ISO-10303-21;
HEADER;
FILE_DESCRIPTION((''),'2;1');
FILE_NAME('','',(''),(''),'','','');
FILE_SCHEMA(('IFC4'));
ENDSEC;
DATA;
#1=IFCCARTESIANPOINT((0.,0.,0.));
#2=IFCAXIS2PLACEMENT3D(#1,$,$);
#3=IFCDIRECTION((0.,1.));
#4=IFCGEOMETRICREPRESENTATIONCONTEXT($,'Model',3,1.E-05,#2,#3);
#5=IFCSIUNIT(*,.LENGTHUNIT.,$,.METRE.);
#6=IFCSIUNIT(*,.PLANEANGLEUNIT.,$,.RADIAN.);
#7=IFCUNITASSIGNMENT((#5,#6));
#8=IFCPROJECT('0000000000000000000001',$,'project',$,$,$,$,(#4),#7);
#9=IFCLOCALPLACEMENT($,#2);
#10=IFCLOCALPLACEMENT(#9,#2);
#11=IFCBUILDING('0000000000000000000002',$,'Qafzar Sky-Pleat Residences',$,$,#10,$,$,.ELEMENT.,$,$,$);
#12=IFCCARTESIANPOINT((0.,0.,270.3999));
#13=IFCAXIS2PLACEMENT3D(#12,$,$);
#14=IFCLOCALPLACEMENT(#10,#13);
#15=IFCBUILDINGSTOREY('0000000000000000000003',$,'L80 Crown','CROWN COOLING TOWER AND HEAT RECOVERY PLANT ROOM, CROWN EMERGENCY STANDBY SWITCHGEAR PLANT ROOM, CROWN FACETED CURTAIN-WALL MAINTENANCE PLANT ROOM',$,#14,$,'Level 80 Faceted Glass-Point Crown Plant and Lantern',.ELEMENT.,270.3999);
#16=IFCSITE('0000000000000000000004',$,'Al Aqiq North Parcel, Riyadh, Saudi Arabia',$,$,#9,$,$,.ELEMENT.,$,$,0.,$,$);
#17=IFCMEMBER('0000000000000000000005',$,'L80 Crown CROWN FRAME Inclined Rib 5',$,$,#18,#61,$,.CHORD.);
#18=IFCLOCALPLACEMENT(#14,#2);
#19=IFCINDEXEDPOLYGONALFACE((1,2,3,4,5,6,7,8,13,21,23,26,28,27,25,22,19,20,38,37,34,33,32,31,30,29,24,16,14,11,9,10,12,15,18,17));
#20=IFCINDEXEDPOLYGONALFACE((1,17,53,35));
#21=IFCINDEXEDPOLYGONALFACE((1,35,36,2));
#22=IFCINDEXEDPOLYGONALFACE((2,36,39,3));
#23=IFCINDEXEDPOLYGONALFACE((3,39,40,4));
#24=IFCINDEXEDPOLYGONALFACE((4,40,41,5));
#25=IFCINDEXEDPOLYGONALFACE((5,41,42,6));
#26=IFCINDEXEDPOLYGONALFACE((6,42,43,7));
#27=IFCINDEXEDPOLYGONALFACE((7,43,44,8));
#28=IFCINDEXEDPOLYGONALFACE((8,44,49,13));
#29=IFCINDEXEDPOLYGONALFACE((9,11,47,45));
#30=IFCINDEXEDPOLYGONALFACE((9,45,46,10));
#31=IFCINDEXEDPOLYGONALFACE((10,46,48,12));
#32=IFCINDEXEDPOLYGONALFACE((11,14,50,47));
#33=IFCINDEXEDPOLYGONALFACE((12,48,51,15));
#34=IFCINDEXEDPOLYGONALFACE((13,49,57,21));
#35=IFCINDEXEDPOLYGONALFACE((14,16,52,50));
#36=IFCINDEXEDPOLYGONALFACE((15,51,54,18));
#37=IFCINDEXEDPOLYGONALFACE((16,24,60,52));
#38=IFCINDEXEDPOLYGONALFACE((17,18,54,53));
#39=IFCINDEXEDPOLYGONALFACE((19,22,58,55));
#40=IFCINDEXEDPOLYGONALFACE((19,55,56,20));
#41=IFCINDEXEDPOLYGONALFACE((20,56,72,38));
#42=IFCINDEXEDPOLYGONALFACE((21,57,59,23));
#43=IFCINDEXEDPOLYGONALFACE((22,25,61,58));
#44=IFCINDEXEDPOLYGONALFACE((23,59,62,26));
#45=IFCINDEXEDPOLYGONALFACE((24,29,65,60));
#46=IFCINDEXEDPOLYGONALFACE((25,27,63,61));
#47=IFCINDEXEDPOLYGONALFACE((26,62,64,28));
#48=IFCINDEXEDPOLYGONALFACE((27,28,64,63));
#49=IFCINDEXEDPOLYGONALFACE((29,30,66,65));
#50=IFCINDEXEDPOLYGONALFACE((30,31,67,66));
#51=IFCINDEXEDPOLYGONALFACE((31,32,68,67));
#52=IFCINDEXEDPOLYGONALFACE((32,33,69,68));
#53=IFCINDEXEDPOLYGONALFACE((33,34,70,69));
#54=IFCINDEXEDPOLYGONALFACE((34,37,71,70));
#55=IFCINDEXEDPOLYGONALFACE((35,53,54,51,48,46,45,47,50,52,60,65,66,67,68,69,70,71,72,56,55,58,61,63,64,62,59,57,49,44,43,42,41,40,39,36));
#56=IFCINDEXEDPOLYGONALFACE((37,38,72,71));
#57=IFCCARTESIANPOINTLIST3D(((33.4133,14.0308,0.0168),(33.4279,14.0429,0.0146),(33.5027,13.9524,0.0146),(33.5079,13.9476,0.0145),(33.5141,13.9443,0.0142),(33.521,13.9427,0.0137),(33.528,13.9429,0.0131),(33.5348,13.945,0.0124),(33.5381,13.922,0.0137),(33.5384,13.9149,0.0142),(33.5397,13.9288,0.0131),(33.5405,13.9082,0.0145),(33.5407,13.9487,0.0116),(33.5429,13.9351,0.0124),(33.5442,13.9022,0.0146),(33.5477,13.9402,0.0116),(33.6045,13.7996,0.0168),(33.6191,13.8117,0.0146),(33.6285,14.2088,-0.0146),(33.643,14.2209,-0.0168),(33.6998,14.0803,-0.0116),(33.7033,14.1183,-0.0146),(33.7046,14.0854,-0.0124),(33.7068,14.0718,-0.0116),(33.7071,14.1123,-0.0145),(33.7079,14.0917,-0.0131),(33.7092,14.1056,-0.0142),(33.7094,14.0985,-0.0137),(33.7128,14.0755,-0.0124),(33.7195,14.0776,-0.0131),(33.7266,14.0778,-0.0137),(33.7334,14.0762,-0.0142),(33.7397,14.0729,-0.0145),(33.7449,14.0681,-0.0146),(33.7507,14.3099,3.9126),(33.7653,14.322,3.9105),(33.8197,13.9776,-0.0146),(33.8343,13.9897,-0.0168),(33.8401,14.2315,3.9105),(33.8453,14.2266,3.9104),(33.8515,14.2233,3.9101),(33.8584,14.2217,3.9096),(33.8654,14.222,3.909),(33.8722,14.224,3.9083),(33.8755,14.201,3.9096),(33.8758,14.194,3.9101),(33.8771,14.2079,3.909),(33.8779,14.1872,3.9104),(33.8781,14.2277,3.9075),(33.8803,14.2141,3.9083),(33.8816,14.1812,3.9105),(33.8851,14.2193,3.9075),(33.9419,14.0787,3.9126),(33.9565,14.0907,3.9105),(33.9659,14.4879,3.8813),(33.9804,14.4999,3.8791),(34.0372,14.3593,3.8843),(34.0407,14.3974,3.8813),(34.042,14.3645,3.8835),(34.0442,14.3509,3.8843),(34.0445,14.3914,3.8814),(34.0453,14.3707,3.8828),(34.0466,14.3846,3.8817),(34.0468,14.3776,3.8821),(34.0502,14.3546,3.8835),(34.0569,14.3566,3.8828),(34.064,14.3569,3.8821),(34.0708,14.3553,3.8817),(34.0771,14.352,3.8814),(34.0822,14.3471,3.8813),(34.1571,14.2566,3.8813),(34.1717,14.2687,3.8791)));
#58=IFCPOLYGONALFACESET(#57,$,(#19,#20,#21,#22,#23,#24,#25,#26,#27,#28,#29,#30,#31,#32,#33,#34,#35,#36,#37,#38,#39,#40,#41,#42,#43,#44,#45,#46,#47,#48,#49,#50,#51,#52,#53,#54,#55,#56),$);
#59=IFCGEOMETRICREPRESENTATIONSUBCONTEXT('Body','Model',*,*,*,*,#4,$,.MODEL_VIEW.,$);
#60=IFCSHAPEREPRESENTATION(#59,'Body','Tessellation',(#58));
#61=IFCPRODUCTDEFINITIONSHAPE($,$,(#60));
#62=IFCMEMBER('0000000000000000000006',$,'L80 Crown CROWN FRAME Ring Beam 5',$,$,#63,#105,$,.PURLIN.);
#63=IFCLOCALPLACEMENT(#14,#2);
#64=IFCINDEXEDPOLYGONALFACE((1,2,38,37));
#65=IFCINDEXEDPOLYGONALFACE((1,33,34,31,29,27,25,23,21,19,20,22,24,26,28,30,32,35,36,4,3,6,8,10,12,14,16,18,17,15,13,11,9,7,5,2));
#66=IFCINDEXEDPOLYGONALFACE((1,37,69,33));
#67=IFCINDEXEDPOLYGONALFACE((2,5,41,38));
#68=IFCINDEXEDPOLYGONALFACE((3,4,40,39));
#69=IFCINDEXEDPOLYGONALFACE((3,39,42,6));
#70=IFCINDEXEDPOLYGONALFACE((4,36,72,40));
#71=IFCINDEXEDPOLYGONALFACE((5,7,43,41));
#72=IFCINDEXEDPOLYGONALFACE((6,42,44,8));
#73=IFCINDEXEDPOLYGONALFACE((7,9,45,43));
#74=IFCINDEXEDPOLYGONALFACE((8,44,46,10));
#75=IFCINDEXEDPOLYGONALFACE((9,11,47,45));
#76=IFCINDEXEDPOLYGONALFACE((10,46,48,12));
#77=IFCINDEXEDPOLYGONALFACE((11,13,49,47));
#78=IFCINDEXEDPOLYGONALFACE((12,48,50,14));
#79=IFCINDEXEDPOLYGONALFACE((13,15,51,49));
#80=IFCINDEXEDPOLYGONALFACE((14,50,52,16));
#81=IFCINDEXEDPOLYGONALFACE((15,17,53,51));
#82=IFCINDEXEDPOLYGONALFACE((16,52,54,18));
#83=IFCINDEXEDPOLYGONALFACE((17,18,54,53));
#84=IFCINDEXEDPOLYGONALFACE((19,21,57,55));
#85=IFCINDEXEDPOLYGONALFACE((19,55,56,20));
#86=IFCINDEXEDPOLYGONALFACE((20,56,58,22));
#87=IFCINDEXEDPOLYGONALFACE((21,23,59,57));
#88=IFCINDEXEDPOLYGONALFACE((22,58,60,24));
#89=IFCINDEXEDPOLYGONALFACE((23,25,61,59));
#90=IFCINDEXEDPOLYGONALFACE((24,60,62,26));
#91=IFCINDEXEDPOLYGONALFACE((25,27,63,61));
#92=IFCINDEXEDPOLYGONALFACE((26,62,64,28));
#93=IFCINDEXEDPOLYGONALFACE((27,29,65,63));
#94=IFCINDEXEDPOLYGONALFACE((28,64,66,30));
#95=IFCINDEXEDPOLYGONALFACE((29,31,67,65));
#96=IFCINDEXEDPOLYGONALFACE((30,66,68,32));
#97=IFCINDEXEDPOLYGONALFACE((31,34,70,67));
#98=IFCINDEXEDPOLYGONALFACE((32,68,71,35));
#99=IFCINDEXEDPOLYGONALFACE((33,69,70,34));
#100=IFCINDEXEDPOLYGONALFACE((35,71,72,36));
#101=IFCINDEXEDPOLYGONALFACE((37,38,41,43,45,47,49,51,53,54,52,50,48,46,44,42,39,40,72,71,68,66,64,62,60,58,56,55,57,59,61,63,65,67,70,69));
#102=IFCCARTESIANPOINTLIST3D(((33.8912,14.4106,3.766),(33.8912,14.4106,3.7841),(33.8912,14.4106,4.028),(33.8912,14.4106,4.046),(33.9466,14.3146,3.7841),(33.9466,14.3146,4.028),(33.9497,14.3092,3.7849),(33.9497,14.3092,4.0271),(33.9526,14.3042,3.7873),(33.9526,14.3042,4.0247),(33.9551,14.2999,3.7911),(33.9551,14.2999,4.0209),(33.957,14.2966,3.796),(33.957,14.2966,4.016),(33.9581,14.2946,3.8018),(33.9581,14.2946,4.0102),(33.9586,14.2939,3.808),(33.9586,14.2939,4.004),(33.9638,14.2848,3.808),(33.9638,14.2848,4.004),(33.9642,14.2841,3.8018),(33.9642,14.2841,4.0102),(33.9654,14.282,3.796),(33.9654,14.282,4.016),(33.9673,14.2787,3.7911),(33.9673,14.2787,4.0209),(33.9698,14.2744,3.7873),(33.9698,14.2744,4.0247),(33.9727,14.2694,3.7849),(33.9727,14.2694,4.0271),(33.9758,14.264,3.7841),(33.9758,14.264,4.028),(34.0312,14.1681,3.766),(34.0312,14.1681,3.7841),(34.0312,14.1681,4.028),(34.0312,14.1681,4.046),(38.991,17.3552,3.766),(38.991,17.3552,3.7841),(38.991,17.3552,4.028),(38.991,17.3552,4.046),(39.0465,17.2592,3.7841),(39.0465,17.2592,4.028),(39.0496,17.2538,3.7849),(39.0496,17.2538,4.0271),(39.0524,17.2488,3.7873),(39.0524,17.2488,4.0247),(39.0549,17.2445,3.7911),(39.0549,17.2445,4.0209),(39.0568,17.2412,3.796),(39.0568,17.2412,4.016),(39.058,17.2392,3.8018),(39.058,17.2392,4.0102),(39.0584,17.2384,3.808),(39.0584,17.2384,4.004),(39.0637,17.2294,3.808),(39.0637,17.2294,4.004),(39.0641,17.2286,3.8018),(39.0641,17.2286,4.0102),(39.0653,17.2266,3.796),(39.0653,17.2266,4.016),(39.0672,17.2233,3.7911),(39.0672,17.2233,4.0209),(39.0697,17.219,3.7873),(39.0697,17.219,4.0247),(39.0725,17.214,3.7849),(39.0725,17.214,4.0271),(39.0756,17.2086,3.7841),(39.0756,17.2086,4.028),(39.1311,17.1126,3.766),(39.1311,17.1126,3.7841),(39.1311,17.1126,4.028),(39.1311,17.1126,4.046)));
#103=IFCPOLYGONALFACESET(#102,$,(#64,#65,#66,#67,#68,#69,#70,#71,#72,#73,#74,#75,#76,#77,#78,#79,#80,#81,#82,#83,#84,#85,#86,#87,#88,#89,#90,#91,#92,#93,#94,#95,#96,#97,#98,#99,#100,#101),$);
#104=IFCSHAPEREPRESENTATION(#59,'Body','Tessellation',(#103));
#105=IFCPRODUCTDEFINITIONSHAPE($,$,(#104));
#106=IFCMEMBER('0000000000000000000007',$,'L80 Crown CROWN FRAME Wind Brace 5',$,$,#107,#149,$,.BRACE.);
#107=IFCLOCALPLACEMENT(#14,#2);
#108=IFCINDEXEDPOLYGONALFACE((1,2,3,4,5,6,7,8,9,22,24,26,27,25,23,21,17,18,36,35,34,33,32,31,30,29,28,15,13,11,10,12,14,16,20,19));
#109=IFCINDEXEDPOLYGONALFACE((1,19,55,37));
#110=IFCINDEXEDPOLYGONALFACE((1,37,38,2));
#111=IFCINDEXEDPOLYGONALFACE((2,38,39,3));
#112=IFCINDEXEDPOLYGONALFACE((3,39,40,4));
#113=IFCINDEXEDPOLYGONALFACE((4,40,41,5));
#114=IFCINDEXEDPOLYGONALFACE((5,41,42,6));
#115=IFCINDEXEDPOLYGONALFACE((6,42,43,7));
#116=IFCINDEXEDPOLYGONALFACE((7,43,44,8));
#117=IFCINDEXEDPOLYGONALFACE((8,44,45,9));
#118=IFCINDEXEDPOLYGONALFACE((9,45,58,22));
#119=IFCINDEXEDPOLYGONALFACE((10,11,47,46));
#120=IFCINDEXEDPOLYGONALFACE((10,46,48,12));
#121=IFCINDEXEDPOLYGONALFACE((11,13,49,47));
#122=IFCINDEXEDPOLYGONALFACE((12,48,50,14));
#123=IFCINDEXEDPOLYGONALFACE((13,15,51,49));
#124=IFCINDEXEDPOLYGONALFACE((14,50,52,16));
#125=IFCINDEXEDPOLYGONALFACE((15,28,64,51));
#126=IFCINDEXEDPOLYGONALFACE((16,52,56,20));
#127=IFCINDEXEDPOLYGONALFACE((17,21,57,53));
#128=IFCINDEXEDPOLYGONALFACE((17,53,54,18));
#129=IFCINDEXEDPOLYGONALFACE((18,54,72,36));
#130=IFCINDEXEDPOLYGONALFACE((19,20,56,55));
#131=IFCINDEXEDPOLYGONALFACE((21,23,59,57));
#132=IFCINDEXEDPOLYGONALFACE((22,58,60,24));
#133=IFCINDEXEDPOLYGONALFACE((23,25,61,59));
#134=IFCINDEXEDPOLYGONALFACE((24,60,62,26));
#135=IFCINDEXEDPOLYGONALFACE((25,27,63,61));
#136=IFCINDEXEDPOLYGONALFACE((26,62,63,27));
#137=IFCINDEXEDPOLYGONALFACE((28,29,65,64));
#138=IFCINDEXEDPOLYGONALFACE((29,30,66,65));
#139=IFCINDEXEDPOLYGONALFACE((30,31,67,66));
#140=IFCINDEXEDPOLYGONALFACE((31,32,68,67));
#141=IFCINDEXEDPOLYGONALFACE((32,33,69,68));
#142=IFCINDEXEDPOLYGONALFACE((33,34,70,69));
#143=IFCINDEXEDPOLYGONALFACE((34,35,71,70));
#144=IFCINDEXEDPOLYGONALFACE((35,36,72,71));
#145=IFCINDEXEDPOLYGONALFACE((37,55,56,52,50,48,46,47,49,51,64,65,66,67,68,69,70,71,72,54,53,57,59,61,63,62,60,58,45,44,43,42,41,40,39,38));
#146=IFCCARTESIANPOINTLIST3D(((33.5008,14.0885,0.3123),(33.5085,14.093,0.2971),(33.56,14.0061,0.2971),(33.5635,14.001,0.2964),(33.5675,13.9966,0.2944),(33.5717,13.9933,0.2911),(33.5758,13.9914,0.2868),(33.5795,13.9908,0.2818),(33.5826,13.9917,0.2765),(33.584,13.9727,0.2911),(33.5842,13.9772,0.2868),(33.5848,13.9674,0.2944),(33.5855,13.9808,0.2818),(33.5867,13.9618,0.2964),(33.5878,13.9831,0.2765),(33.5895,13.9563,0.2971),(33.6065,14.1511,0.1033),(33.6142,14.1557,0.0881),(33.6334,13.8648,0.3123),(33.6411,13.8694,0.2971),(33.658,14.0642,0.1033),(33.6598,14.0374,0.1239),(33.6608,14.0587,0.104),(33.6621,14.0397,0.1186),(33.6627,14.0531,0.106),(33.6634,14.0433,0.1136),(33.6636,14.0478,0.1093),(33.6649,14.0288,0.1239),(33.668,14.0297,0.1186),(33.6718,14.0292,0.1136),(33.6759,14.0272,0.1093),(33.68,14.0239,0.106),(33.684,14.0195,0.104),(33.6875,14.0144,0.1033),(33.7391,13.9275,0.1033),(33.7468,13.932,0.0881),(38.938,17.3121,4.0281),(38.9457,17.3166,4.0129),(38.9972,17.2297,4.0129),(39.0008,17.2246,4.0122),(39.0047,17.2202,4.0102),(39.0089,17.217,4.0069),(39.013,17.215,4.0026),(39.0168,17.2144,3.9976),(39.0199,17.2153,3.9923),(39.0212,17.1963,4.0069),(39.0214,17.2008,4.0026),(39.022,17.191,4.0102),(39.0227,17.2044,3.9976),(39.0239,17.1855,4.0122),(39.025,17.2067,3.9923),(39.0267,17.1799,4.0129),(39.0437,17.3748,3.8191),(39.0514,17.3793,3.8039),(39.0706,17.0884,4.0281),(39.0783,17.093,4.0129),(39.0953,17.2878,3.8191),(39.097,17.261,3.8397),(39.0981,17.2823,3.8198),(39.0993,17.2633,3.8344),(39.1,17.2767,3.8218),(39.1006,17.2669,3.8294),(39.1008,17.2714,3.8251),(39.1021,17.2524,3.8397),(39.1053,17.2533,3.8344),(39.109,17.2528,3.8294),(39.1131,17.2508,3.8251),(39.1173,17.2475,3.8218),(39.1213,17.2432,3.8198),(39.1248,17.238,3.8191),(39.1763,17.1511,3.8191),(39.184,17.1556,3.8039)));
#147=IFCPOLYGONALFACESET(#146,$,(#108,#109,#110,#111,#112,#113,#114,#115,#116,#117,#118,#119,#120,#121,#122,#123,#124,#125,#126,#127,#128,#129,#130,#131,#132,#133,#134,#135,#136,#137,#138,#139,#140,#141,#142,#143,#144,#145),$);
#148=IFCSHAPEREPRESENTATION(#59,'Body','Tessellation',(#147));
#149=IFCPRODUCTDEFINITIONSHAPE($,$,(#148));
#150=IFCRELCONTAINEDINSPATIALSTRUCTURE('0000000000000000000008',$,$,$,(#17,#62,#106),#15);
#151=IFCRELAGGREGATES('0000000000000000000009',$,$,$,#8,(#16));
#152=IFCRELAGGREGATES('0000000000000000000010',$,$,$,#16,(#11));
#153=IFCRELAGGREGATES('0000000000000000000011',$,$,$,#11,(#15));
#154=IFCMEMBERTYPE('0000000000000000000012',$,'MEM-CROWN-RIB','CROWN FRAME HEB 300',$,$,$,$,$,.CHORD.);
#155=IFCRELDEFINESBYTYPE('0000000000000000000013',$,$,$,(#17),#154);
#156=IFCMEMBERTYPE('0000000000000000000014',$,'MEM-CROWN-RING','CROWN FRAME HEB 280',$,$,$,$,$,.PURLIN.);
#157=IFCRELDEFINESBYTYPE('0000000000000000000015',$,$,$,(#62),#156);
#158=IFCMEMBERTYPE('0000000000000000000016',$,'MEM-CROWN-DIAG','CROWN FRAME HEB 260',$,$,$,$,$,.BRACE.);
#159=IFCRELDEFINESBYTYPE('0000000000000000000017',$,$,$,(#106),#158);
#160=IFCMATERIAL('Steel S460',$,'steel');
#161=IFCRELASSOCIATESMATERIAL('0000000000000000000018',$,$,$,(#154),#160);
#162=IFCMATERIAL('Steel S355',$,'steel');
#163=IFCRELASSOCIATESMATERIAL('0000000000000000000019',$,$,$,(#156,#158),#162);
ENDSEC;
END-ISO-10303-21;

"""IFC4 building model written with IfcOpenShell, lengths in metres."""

from ifc_helpers import new_model, si_unit, direction, frame, origin, origin_2d, place, context, subcontext, project, spatial, i_section, extrude, source, transform, mapped, material, material_profile, profile_set, type_object, element, save


model = new_model("IFC4")

# Units and contexts
model_context = context("Model", 3, precision=1e-05, world=origin(), true_north=direction((0.0, 1.0)))
body_context = subcontext(model_context, "Body", "Model", "MODEL_VIEW")
ifc_project = project(units=[si_unit("LENGTHUNIT", "METRE"), si_unit("PLANEANGLEUNIT", "RADIAN")], contexts=[model_context])

# Site, building, storey
site_placement = place(None, origin())
site = spatial("IfcSite", under=ifc_project, at=site_placement, Name="Al Aqiq North Parcel, Riyadh, Saudi Arabia", CompositionType="ELEMENT", RefElevation=0.0)
building_placement = place(site_placement, origin())
building = spatial("IfcBuilding", under=site, at=building_placement, Name="Qafzar Sky-Pleat Residences", CompositionType="ELEMENT")
storey_placement = place(building_placement, frame((0.0, 0.0, 270.3999)))
storey = spatial("IfcBuildingStorey", under=building, at=storey_placement, Name="L80 Crown", Description="CROWN COOLING TOWER AND HEAT RECOVERY PLANT ROOM, CROWN EMERGENCY STANDBY SWITCHGEAR PLANT ROOM, CROWN FACETED CURTAIN-WALL MAINTENANCE PLANT ROOM", LongName="Level 80 Faceted Glass-Point Crown Plant and Lantern", CompositionType="ELEMENT", Elevation=270.3999)

# Members
ifc_material_1 = material(Name="Steel S460", Category="steel")
ifc_material_profile_1 = material_profile(ifc_material_1, i_section(OverallWidth=0.3, OverallDepth=0.3, WebThickness=0.011, FlangeThickness=0.019, FilletRadius=0.0271, at=origin_2d()), Name="HEB 300")
ifc_profile_set_1 = profile_set([ifc_material_profile_1], Name="Steel S460")
member_type_1 = type_object("IfcMemberType", Name="MEM-CROWN-RIB", Description="CROWN FRAME HEB 300", PredefinedType="CHORD", material=ifc_profile_set_1)
shared_shape_1 = source(origin(), body_context, "Body", "SweptSolid", [
    extrude(i_section(OverallWidth=0.3, OverallDepth=0.3, WebThickness=0.011, FlangeThickness=0.019, FilletRadius=0.0271, at=origin_2d()), origin(), (0.0, 0.0, 1.0), 3.9204),
])
member_1_placement = place(storey_placement, frame((33.6238, 14.0103, 0.0), z_axis=(0.086061, 0.071177, 0.993744), x_axis=(-0.637328, 0.770593, 0.0)))
element("IfcMember", 1, at=member_1_placement, inside=storey, type_object=member_type_1, Name="L80 Crown CROWN FRAME Inclined Rib 5", PredefinedType="CHORD", context=body_context, shape_type="MappedRepresentation", body=[
    mapped(shared_shape_1, transform((0.0, 0.0, 0.0), x_axis=(1.0, 0.0, 0.0), y_axis=(0.0, 1.0, 0.0), z_axis=(0.0, 0.0, 1.0), scale=1.0)),
])
ifc_material_2 = material(Name="Steel S355", Category="steel")
ifc_material_profile_2 = material_profile(ifc_material_2, i_section(OverallWidth=0.28, OverallDepth=0.28, WebThickness=0.0105, FlangeThickness=0.0181, FilletRadius=0.0239, at=origin_2d()), Name="HEB 280")
ifc_profile_set_2 = profile_set([ifc_material_profile_2], Name="Steel S355")
member_type_2 = type_object("IfcMemberType", Name="MEM-CROWN-RING", Description="CROWN FRAME HEB 280", PredefinedType="PURLIN", material=ifc_profile_set_2)
shared_shape_2 = source(origin(), body_context, "Body", "SweptSolid", [
    extrude(i_section(OverallWidth=0.28, OverallDepth=0.28, WebThickness=0.0105, FlangeThickness=0.0181, FilletRadius=0.0239, at=origin_2d()), origin(), (0.0, 0.0, 1.0), 5.8889),
])
member_2_placement = place(storey_placement, frame((33.9612, 14.2893, 3.906), z_axis=(0.866012, 0.500023, 0.0), x_axis=(-0.500023, 0.866012, 0.0)))
element("IfcMember", 2, at=member_2_placement, inside=storey, type_object=member_type_2, Name="L80 Crown CROWN FRAME Ring Beam 5", PredefinedType="PURLIN", context=body_context, shape_type="MappedRepresentation", body=[
    mapped(shared_shape_2, transform((0.0, 0.0, 0.0), x_axis=(1.0, 0.0, 0.0), y_axis=(0.0, 1.0, 0.0), z_axis=(0.0, 0.0, 1.0), scale=1.0)),
])
ifc_material_profile_3 = material_profile(ifc_material_2, i_section(OverallWidth=0.26, OverallDepth=0.26, WebThickness=0.01, FlangeThickness=0.0176, FilletRadius=0.0239, at=origin_2d()), Name="HEB 260")
ifc_profile_set_3 = profile_set([ifc_material_profile_3], Name="Steel S355")
member_type_3 = type_object("IfcMemberType", Name="MEM-CROWN-DIAG", Description="CROWN FRAME HEB 260", PredefinedType="BRACE", material=ifc_profile_set_3)
shared_shape_3 = source(origin(), body_context, "Body", "SweptSolid", [
    extrude(i_section(OverallWidth=0.26, OverallDepth=0.26, WebThickness=0.01, FlangeThickness=0.0176, FilletRadius=0.0239, at=origin_2d()), origin(), (0.0, 0.0, 1.0), 7.3323),
])
member_3_placement = place(storey_placement, frame((33.6238, 14.0103, 0.2002), z_axis=(0.741547, 0.439647, 0.506773), x_axis=(-0.509984, 0.860184, 0.0)))
element("IfcMember", 3, at=member_3_placement, inside=storey, type_object=member_type_3, Name="L80 Crown CROWN FRAME Wind Brace 5", PredefinedType="BRACE", context=body_context, shape_type="MappedRepresentation", body=[
    mapped(shared_shape_3, transform((0.0, 0.0, 0.0), x_axis=(1.0, 0.0, 0.0), y_axis=(0.0, 1.0, 0.0), z_axis=(0.0, 0.0, 1.0), scale=1.0)),
])

save(model, "model.ifc")
